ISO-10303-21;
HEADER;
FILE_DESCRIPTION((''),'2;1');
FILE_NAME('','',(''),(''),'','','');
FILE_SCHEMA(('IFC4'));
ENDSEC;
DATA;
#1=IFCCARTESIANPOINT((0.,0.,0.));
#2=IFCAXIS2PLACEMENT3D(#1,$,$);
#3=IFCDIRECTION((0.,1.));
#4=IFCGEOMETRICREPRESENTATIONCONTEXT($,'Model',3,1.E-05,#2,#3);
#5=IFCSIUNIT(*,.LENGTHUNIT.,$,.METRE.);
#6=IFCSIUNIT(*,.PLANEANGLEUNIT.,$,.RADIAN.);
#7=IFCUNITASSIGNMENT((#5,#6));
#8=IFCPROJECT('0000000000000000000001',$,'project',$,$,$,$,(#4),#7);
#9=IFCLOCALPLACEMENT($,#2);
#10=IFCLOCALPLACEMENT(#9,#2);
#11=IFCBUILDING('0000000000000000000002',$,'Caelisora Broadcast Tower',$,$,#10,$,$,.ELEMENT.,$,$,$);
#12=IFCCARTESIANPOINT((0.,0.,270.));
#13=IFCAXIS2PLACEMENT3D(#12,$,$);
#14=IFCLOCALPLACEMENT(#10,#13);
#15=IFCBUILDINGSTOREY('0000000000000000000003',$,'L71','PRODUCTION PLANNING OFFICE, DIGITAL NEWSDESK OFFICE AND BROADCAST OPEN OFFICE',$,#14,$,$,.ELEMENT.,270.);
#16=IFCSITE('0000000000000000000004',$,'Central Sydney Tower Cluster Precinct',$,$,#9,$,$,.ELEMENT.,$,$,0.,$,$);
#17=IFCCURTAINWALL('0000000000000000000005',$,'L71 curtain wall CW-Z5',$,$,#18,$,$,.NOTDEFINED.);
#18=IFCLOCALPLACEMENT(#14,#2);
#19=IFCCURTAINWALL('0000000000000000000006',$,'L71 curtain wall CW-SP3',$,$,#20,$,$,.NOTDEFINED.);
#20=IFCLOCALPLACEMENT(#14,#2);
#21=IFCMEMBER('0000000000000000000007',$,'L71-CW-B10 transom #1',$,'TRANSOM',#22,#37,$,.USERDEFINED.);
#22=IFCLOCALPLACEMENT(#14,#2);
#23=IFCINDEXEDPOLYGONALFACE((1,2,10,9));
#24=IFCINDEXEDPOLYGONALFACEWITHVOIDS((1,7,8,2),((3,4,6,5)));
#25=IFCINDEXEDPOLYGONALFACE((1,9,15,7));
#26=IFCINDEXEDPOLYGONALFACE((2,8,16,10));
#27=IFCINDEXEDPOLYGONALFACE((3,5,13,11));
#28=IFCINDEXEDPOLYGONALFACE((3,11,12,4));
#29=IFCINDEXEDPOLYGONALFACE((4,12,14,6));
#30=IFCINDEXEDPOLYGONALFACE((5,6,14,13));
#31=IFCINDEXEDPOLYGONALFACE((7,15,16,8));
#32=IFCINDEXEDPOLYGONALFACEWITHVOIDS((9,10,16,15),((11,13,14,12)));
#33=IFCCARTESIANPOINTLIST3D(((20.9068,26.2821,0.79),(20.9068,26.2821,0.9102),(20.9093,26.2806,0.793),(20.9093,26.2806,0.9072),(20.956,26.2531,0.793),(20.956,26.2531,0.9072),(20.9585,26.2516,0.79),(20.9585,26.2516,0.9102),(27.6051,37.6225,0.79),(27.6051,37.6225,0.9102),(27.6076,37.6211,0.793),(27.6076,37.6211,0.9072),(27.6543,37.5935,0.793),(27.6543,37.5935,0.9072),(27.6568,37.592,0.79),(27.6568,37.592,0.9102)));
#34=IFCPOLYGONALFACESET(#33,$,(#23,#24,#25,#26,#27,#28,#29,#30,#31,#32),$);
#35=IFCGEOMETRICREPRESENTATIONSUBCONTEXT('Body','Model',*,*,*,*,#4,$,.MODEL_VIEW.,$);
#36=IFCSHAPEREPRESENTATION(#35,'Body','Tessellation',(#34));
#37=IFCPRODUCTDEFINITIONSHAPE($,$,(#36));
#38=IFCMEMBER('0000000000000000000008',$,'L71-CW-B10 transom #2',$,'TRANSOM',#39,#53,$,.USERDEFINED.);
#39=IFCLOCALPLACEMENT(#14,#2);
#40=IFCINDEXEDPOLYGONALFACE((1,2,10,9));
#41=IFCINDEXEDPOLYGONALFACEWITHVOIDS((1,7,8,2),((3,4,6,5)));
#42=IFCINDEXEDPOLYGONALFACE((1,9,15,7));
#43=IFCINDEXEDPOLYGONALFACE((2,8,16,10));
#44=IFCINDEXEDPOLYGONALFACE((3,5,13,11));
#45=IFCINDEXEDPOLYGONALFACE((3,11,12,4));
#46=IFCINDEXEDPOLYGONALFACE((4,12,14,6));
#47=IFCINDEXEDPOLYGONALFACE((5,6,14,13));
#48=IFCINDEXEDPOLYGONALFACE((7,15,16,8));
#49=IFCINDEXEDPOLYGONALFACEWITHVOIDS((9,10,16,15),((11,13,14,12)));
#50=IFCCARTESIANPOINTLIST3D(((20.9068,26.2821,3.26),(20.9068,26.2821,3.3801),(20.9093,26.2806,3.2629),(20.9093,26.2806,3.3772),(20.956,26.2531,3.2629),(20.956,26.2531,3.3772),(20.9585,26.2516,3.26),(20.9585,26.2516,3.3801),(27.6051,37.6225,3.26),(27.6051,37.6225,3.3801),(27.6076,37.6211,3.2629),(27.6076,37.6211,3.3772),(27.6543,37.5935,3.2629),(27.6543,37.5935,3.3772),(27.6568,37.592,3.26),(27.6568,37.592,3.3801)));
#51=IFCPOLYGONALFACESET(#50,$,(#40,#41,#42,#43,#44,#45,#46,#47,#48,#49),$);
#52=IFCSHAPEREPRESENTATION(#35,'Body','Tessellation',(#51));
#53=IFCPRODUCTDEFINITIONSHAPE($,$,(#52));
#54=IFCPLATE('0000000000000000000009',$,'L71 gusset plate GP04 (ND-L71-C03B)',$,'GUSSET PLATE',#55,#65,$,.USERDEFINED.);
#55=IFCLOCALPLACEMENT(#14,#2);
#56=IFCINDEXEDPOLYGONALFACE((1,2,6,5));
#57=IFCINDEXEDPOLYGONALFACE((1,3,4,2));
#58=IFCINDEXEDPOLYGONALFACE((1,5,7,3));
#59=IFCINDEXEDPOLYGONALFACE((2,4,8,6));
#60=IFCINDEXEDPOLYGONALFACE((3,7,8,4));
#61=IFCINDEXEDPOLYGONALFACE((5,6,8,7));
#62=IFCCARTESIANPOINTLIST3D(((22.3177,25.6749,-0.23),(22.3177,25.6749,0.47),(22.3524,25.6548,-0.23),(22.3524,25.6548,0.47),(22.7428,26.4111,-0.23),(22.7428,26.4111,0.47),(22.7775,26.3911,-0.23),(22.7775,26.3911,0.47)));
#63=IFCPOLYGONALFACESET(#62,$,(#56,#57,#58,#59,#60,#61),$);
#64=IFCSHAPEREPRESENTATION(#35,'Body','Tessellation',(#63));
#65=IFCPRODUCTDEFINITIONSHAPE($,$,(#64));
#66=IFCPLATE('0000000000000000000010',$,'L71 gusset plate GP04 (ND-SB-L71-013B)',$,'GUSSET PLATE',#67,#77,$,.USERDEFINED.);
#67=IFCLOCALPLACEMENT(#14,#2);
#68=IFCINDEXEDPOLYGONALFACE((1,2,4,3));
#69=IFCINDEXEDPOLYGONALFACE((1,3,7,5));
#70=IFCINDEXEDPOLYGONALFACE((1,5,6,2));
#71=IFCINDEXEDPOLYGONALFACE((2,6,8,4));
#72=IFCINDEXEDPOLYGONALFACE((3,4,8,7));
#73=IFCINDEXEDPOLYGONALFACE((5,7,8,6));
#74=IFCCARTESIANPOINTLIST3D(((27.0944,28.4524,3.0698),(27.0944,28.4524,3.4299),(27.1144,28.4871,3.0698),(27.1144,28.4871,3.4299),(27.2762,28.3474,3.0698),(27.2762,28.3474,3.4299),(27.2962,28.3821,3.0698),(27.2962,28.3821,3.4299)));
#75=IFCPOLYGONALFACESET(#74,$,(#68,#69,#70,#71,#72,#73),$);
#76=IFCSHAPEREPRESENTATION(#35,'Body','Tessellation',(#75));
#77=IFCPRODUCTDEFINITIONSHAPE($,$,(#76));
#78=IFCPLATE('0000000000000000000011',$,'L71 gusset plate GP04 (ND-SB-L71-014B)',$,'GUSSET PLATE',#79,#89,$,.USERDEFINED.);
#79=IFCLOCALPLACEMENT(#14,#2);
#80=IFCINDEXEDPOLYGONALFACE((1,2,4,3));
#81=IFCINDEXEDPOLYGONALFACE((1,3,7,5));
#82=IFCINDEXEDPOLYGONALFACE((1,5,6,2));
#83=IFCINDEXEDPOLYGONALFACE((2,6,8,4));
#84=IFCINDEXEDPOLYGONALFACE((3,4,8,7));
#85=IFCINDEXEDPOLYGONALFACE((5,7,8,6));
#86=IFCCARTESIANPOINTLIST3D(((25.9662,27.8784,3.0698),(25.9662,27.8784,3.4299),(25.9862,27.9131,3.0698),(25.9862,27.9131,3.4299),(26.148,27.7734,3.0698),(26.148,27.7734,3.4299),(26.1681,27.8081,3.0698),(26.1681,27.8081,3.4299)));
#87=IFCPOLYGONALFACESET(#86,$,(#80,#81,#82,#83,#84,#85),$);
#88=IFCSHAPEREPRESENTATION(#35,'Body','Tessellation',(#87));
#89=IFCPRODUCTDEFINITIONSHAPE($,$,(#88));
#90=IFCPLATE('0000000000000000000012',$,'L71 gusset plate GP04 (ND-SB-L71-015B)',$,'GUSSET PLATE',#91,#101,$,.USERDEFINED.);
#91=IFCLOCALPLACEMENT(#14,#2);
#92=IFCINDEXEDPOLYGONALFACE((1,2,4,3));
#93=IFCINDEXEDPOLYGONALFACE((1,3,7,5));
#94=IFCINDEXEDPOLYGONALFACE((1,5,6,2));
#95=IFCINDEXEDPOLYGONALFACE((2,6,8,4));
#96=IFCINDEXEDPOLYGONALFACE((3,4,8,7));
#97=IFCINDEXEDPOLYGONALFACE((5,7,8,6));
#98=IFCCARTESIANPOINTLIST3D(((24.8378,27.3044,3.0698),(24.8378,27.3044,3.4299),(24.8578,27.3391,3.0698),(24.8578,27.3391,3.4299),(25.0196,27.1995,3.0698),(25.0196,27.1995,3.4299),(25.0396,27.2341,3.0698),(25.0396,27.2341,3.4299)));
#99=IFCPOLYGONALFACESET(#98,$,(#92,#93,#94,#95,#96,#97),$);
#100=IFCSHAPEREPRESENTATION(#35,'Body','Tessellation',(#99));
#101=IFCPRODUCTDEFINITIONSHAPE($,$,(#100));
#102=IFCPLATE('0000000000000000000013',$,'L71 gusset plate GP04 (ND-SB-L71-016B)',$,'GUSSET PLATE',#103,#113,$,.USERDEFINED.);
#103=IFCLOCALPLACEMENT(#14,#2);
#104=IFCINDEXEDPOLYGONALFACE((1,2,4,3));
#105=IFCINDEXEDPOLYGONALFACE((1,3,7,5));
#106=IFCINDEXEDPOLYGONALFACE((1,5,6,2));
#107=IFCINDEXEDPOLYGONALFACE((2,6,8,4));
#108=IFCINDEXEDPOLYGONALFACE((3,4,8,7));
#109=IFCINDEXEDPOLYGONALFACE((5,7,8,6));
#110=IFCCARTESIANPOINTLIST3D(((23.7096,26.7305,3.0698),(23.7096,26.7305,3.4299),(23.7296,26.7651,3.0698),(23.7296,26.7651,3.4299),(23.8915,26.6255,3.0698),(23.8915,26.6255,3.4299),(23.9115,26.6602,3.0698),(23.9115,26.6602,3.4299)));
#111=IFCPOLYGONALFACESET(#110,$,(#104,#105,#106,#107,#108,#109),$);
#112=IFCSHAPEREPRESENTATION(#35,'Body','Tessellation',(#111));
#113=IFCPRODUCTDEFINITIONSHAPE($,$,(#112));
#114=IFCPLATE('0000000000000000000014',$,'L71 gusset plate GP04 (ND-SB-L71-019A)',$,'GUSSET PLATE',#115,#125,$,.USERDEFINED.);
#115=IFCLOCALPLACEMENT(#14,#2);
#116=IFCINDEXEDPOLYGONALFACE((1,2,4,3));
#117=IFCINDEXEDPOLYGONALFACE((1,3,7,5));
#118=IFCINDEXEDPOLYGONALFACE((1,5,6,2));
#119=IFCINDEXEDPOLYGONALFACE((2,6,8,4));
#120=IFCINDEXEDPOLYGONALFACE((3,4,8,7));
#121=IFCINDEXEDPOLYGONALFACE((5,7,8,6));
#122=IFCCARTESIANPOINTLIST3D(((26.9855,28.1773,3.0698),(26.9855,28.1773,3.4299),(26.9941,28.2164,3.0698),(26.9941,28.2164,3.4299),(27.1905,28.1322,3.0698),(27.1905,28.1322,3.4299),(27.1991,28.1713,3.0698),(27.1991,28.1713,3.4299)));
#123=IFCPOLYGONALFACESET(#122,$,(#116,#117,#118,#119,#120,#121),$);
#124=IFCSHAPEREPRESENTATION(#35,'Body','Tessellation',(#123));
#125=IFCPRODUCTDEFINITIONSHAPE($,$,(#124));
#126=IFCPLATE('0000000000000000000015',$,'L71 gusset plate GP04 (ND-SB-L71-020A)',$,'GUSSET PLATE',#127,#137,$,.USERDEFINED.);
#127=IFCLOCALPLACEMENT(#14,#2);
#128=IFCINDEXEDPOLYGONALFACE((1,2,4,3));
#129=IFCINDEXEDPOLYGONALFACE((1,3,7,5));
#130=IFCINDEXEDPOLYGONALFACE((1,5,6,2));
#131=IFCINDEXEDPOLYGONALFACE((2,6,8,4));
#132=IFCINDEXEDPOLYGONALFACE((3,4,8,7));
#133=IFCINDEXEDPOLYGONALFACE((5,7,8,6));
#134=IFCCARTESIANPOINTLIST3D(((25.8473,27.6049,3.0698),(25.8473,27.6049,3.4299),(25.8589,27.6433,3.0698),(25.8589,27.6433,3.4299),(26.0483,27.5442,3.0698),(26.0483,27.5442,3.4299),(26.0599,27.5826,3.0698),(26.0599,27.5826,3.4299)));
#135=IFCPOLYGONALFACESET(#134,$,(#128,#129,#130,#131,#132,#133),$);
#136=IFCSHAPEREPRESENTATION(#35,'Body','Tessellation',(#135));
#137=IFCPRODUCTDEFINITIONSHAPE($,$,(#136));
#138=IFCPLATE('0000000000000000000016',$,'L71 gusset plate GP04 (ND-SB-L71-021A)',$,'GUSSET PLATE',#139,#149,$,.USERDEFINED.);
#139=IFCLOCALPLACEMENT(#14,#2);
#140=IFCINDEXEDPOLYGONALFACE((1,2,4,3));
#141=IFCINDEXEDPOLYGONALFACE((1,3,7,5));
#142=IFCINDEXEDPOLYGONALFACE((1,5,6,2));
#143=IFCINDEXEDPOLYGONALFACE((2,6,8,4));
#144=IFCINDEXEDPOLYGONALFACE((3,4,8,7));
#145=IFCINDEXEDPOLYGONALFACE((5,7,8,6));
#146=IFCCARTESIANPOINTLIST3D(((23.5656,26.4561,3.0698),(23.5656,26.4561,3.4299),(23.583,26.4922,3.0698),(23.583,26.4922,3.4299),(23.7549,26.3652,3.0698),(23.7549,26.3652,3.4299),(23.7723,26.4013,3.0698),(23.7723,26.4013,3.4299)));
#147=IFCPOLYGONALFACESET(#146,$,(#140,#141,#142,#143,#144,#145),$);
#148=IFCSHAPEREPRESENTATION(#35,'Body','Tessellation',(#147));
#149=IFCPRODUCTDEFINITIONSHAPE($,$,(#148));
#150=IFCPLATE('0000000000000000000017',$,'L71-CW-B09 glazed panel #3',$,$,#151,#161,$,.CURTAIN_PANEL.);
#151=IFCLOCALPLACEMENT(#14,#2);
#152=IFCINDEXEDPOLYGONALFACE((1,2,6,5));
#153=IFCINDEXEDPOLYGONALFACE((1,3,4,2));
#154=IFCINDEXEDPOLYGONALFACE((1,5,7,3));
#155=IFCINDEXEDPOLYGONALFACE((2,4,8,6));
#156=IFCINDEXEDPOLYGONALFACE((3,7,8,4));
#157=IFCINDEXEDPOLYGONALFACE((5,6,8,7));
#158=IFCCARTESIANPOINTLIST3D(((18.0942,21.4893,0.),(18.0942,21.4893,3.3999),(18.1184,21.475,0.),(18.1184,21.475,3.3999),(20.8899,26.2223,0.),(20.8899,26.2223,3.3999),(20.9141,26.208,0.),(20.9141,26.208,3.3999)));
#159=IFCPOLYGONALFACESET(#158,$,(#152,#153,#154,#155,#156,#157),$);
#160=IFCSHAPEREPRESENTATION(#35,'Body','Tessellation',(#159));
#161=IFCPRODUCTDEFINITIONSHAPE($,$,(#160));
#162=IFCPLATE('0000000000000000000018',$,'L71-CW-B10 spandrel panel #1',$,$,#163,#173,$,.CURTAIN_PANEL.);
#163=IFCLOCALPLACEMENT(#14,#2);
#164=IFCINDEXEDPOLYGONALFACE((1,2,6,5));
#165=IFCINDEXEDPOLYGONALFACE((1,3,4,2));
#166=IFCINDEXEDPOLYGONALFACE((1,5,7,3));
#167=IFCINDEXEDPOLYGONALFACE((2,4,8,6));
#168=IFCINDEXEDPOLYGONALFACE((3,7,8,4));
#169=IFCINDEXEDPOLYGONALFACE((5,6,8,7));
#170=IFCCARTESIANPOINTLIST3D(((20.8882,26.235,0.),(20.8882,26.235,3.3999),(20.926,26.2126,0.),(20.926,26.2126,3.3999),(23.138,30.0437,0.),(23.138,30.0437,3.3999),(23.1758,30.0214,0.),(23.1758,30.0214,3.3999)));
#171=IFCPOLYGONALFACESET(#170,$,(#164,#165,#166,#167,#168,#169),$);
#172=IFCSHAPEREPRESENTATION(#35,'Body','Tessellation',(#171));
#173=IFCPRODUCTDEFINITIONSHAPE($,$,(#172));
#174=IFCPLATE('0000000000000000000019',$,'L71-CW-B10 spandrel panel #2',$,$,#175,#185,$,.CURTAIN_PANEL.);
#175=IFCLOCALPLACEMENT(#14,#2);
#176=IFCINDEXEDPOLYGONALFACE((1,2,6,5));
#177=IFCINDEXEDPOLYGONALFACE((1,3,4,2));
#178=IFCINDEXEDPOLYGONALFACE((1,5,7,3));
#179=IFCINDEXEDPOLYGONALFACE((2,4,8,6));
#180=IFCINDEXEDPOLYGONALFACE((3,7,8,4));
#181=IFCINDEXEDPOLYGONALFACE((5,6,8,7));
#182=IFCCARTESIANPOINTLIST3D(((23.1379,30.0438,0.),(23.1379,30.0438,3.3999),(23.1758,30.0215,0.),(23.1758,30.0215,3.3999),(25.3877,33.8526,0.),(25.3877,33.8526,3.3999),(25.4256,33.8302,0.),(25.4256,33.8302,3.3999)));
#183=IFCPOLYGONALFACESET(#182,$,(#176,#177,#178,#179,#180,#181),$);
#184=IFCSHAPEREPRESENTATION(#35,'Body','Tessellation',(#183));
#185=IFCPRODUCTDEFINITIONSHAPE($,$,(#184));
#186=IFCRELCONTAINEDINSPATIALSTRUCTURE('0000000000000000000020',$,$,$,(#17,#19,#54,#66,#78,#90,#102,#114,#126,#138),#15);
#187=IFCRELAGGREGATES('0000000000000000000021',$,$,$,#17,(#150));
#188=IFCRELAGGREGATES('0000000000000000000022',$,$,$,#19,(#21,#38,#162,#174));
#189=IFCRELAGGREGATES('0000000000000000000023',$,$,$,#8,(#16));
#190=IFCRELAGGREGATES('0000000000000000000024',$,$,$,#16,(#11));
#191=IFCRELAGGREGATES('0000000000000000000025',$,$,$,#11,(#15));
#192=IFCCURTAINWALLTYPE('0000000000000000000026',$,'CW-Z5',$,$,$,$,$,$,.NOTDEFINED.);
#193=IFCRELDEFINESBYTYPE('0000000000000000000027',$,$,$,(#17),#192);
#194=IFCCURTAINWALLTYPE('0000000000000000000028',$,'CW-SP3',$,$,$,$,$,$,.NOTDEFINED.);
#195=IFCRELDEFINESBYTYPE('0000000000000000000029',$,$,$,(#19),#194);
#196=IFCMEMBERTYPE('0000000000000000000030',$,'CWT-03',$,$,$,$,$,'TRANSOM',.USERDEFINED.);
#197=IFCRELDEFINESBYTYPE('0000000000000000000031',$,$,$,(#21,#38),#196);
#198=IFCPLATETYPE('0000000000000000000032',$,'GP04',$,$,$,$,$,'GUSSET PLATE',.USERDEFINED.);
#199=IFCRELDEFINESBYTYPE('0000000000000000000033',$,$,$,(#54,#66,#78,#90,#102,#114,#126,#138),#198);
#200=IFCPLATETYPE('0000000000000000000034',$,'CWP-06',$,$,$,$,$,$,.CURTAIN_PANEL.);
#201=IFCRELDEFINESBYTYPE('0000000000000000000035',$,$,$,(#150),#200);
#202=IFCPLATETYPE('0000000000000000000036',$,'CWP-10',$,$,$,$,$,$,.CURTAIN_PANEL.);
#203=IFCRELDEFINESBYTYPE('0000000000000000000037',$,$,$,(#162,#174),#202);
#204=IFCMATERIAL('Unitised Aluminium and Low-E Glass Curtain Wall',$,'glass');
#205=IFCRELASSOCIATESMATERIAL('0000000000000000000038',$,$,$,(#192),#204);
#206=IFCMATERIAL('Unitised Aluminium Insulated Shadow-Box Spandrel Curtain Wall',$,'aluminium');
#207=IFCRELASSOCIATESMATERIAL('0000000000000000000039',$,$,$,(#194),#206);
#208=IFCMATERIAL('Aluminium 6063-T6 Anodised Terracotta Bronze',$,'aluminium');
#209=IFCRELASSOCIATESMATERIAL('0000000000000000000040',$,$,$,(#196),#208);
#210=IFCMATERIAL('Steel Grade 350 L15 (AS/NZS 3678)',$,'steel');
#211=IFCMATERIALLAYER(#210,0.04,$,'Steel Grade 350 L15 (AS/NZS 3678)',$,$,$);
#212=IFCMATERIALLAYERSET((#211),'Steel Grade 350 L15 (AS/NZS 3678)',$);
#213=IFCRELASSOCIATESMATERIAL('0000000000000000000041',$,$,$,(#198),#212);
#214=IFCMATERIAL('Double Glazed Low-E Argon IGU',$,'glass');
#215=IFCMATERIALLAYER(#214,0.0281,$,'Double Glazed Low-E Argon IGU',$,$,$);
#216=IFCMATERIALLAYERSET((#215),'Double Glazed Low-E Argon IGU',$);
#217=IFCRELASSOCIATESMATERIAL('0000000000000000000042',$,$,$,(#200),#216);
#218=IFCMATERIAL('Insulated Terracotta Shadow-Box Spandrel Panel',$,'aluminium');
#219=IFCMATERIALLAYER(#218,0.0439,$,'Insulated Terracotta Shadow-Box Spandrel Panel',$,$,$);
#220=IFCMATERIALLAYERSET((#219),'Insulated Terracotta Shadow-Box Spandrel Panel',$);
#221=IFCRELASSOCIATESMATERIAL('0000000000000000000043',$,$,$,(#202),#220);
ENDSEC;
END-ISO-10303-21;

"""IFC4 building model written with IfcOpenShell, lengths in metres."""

from ifc_helpers import new_model, si_unit, direction, frame, origin, origin_2d, place, context, subcontext, project, spatial, rectangle, hollow_rectangle, extrude, source, transform, mapped, material, layer, layer_set, material_profile, profile_set, type_object, type_shapes, element, aggregate, save


model = new_model("IFC4")

# Units and contexts
model_context = context("Model", 3, precision=1e-05, world=origin(), true_north=direction((0.0, 1.0)))
body_context = subcontext(model_context, "Body", "Model", "MODEL_VIEW")
ifc_project = project(units=[si_unit("LENGTHUNIT", "METRE"), si_unit("PLANEANGLEUNIT", "RADIAN")], contexts=[model_context])

# Site, building, storey
site_placement = place(None, origin())
site = spatial("IfcSite", under=ifc_project, at=site_placement, Name="Central Sydney Tower Cluster Precinct", CompositionType="ELEMENT", RefElevation=0.0)
building_placement = place(site_placement, origin())
building = spatial("IfcBuilding", under=site, at=building_placement, Name="Caelisora Broadcast Tower", CompositionType="ELEMENT")
storey_placement = place(building_placement, frame((0.0, 0.0, 270.0)))
storey = spatial("IfcBuildingStorey", under=building, at=storey_placement, Name="L71", Description="PRODUCTION PLANNING OFFICE, DIGITAL NEWSDESK OFFICE AND BROADCAST OPEN OFFICE", CompositionType="ELEMENT", Elevation=270.0)

# Shared definitions
ifc_material_1 = material(Name="Steel Grade 350 L15 (AS/NZS 3678)", Category="steel")

# Curtain walls, members
ifc_material_2 = material(Name="Unitised Aluminium and Low-E Glass Curtain Wall", Category="glass")
curtain_wall_type_1 = type_object("IfcCurtainWallType", Name="CW-Z5", PredefinedType="NOTDEFINED", material=ifc_material_2)
curtain_wall_1_placement = place(storey_placement, origin())
curtain_wall_1 = element("IfcCurtainWall", 1, at=curtain_wall_1_placement, inside=storey, type_object=curtain_wall_type_1, Name="L71 curtain wall CW-Z5", PredefinedType="NOTDEFINED")
ifc_material_3 = material(Name="Aluminium 6063-T6 Anodised Terracotta Bronze", Category="aluminium")
ifc_material_4 = material(Name="Unitised Aluminium Insulated Shadow-Box Spandrel Curtain Wall", Category="aluminium")
curtain_wall_type_2 = type_object("IfcCurtainWallType", Name="CW-SP3", PredefinedType="NOTDEFINED", material=ifc_material_4)
curtain_wall_2_placement = place(storey_placement, origin())
curtain_wall_2 = element("IfcCurtainWall", 2, at=curtain_wall_2_placement, inside=storey, type_object=curtain_wall_type_2, Name="L71 curtain wall CW-SP3", PredefinedType="NOTDEFINED")
ifc_material_profile_1 = material_profile(ifc_material_3, hollow_rectangle(XDim=0.0601, YDim=0.1201, WallThickness=0.0029, at=origin_2d()), Name="Aluminium 6063-T6 Anodised Terracotta Bronze")
ifc_profile_set_1 = profile_set([ifc_material_profile_1], Name="Aluminium 6063-T6 Anodised Terracotta Bronze")
member_type_1 = type_object("IfcMemberType", Name="CWT-03", ElementType="TRANSOM", PredefinedType="USERDEFINED", material=ifc_profile_set_1)
shared_shape_1 = source(origin(), body_context, "Body", "SweptSolid", [
    extrude(hollow_rectangle(XDim=0.0601, YDim=0.1201, WallThickness=0.0029, at=origin_2d()), origin(), (0.0, 0.0, 1.0), 13.1709),
])
type_shapes(member_type_1, [shared_shape_1])
member_1_placement = place(storey_placement, frame((20.9326, 26.2668, 0.8501), z_axis=(0.508568, 0.861022, 0.0), x_axis=(-0.861022, 0.508568, 0.0)))
member_1 = element("IfcMember", 3, at=member_1_placement, type_object=member_type_1, Name="L71-CW-B10 transom #1", ObjectType="TRANSOM", PredefinedType="USERDEFINED", context=body_context, shape_type="MappedRepresentation", body=[
    mapped(shared_shape_1, transform((0.0, 0.0, 0.0), scale=1.0)),
])
member_2_placement = place(storey_placement, frame((20.9326, 26.2668, 3.3201), z_axis=(0.508568, 0.861022, 0.0), x_axis=(-0.861022, 0.508568, 0.0)))
member_2 = element("IfcMember", 4, at=member_2_placement, type_object=member_type_1, Name="L71-CW-B10 transom #2", ObjectType="TRANSOM", PredefinedType="USERDEFINED", context=body_context, shape_type="MappedRepresentation", body=[
    mapped(shared_shape_1, transform((0.0, 0.0, 0.0), scale=1.0)),
])

# Plates
ifc_layer_1 = layer(ifc_material_1, 0.04, Name="Steel Grade 350 L15 (AS/NZS 3678)")
ifc_layer_set_1 = layer_set([ifc_layer_1], Name="Steel Grade 350 L15 (AS/NZS 3678)")
plate_type_1 = type_object("IfcPlateType", Name="GP04", ElementType="GUSSET PLATE", PredefinedType="USERDEFINED", material=ifc_layer_set_1)
shared_shape_2 = source(origin(), body_context, "Body", "SweptSolid", [
    extrude(rectangle(XDim=0.8501, YDim=0.04, at=origin_2d()), origin(), (0.0, 0.0, 1.0), 0.7),
])
plate_1_placement = place(storey_placement, frame((22.5476, 26.033, -0.23), z_axis=(0.0, 0.0, 1.0), x_axis=(-0.5, -0.866025, 0.0)))
element("IfcPlate", 5, at=plate_1_placement, inside=storey, type_object=plate_type_1, Name="L71 gusset plate GP04 (ND-L71-C03B)", ObjectType="GUSSET PLATE", PredefinedType="USERDEFINED", context=body_context, shape_type="MappedRepresentation", body=[
    mapped(shared_shape_2, transform((0.0, 0.0, 0.0), scale=1.0)),
])
shared_shape_3 = source(origin(), body_context, "Body", "SweptSolid", [
    extrude(rectangle(XDim=0.21, YDim=0.04, at=origin_2d()), origin(), (0.0, 0.0, 1.0), 0.3601),
])
type_shapes(plate_type_1, [shared_shape_2, shared_shape_3])
for number, where, z_axis, x_axis, name in (
    (6, (27.1953, 28.4172, 3.0698), (0.0, 0.0, 1.0), (0.866025, -0.5, 0.0), "L71 gusset plate GP04 (ND-SB-L71-013B)"),
    (7, (26.0671, 27.8433, 3.0698), (0.0, 0.0, 1.0), (0.866025, -0.5, 0.0), "L71 gusset plate GP04 (ND-SB-L71-014B)"),
    (8, (24.9387, 27.2693, 3.0698), (0.0, 0.0, 1.0), (0.866025, -0.5, 0.0), "L71 gusset plate GP04 (ND-SB-L71-015B)"),
    (9, (23.8105, 26.6953, 3.0698), (0.0, 0.0, 1.0), (0.866025, -0.5, 0.0), "L71 gusset plate GP04 (ND-SB-L71-016B)"),
    (10, (27.0923, 28.1743, 3.0698), (0.0, 0.0, 1.0), (0.976597, -0.215076, 0.0), "L71 gusset plate GP04 (ND-SB-L71-019A)"),
    (11, (25.9536, 27.5938, 3.0698), (0.0, 0.0, 1.0), (0.957319, -0.289032, 0.0), "L71 gusset plate GP04 (ND-SB-L71-020A)"),
    (12, (23.6689, 26.4287, 3.0698), (0.0, 0.0, 1.0), (0.901531, -0.432715, 0.0), "L71 gusset plate GP04 (ND-SB-L71-021A)"),
):
    element("IfcPlate", number, at=place(storey_placement, frame(where, z_axis=z_axis, x_axis=x_axis)), inside=storey, type_object=plate_type_1, Name=name, ObjectType="GUSSET PLATE", PredefinedType="USERDEFINED", context=body_context, shape_type="MappedRepresentation", body=[
        mapped(shared_shape_3, transform((0.0, 0.0, 0.0), scale=1.0)),
    ])

# Plates
ifc_material_5 = material(Name="Double Glazed Low-E Argon IGU", Category="glass")
ifc_layer_2 = layer(ifc_material_5, 0.0281, Name="Double Glazed Low-E Argon IGU")
ifc_layer_set_2 = layer_set([ifc_layer_2], Name="Double Glazed Low-E Argon IGU")
plate_type_2 = type_object("IfcPlateType", Name="CWP-06", PredefinedType="CURTAIN_PANEL", material=ifc_layer_set_2)
shared_shape_4 = source(origin(), body_context, "Body", "SweptSolid", [
    extrude(rectangle(XDim=5.4971, YDim=0.0281, at=origin_2d()), origin(), (0.0, 0.0, 1.0), 3.3999),
])
type_shapes(plate_type_2, [shared_shape_4])
plate_2_placement = place(storey_placement, frame((19.5042, 23.8486, 0.0), z_axis=(0.0, 0.0, 1.0), x_axis=(0.508591, 0.861008, 0.0)))
plate_2 = element("IfcPlate", 13, at=plate_2_placement, type_object=plate_type_2, Name="L71-CW-B09 glazed panel #3", PredefinedType="CURTAIN_PANEL", context=body_context, shape_type="MappedRepresentation", body=[
    mapped(shared_shape_4, transform((0.0, 0.0, 0.0), scale=1.0)),
])
aggregate(curtain_wall_1, [plate_2])
ifc_material_6 = material(Name="Insulated Terracotta Shadow-Box Spandrel Panel", Category="aluminium")
ifc_layer_3 = layer(ifc_material_6, 0.0439, Name="Insulated Terracotta Shadow-Box Spandrel Panel")
ifc_layer_set_3 = layer_set([ifc_layer_3], Name="Insulated Terracotta Shadow-Box Spandrel Panel")
plate_type_3 = type_object("IfcPlateType", Name="CWP-10", PredefinedType="CURTAIN_PANEL", material=ifc_layer_set_3)
shared_shape_5 = source(origin(), body_context, "Body", "SweptSolid", [
    extrude(rectangle(XDim=4.4236, YDim=0.0439, at=origin_2d()), origin(), (0.0, 0.0, 1.0), 3.3999),
])
type_shapes(plate_type_3, [shared_shape_5])
plate_3_placement = place(storey_placement, frame((22.032, 28.1282, 0.0), z_axis=(0.0, 0.0, 1.0), x_axis=(0.508591, 0.861008, 0.0)))
plate_3 = element("IfcPlate", 14, at=plate_3_placement, type_object=plate_type_3, Name="L71-CW-B10 spandrel panel #1", PredefinedType="CURTAIN_PANEL", context=body_context, shape_type="MappedRepresentation", body=[
    mapped(shared_shape_5, transform((0.0, 0.0, 0.0), scale=1.0)),
])
plate_4_placement = place(storey_placement, frame((24.2817, 31.937, 0.0), z_axis=(0.0, 0.0, 1.0), x_axis=(0.508591, 0.861008, 0.0)))
plate_4 = element("IfcPlate", 15, at=plate_4_placement, type_object=plate_type_3, Name="L71-CW-B10 spandrel panel #2", PredefinedType="CURTAIN_PANEL", context=body_context, shape_type="MappedRepresentation", body=[
    mapped(shared_shape_5, transform((0.0, 0.0, 0.0), scale=1.0)),
])
aggregate(curtain_wall_2, [member_1, member_2, plate_3, plate_4])

save(model, "model.ifc")
